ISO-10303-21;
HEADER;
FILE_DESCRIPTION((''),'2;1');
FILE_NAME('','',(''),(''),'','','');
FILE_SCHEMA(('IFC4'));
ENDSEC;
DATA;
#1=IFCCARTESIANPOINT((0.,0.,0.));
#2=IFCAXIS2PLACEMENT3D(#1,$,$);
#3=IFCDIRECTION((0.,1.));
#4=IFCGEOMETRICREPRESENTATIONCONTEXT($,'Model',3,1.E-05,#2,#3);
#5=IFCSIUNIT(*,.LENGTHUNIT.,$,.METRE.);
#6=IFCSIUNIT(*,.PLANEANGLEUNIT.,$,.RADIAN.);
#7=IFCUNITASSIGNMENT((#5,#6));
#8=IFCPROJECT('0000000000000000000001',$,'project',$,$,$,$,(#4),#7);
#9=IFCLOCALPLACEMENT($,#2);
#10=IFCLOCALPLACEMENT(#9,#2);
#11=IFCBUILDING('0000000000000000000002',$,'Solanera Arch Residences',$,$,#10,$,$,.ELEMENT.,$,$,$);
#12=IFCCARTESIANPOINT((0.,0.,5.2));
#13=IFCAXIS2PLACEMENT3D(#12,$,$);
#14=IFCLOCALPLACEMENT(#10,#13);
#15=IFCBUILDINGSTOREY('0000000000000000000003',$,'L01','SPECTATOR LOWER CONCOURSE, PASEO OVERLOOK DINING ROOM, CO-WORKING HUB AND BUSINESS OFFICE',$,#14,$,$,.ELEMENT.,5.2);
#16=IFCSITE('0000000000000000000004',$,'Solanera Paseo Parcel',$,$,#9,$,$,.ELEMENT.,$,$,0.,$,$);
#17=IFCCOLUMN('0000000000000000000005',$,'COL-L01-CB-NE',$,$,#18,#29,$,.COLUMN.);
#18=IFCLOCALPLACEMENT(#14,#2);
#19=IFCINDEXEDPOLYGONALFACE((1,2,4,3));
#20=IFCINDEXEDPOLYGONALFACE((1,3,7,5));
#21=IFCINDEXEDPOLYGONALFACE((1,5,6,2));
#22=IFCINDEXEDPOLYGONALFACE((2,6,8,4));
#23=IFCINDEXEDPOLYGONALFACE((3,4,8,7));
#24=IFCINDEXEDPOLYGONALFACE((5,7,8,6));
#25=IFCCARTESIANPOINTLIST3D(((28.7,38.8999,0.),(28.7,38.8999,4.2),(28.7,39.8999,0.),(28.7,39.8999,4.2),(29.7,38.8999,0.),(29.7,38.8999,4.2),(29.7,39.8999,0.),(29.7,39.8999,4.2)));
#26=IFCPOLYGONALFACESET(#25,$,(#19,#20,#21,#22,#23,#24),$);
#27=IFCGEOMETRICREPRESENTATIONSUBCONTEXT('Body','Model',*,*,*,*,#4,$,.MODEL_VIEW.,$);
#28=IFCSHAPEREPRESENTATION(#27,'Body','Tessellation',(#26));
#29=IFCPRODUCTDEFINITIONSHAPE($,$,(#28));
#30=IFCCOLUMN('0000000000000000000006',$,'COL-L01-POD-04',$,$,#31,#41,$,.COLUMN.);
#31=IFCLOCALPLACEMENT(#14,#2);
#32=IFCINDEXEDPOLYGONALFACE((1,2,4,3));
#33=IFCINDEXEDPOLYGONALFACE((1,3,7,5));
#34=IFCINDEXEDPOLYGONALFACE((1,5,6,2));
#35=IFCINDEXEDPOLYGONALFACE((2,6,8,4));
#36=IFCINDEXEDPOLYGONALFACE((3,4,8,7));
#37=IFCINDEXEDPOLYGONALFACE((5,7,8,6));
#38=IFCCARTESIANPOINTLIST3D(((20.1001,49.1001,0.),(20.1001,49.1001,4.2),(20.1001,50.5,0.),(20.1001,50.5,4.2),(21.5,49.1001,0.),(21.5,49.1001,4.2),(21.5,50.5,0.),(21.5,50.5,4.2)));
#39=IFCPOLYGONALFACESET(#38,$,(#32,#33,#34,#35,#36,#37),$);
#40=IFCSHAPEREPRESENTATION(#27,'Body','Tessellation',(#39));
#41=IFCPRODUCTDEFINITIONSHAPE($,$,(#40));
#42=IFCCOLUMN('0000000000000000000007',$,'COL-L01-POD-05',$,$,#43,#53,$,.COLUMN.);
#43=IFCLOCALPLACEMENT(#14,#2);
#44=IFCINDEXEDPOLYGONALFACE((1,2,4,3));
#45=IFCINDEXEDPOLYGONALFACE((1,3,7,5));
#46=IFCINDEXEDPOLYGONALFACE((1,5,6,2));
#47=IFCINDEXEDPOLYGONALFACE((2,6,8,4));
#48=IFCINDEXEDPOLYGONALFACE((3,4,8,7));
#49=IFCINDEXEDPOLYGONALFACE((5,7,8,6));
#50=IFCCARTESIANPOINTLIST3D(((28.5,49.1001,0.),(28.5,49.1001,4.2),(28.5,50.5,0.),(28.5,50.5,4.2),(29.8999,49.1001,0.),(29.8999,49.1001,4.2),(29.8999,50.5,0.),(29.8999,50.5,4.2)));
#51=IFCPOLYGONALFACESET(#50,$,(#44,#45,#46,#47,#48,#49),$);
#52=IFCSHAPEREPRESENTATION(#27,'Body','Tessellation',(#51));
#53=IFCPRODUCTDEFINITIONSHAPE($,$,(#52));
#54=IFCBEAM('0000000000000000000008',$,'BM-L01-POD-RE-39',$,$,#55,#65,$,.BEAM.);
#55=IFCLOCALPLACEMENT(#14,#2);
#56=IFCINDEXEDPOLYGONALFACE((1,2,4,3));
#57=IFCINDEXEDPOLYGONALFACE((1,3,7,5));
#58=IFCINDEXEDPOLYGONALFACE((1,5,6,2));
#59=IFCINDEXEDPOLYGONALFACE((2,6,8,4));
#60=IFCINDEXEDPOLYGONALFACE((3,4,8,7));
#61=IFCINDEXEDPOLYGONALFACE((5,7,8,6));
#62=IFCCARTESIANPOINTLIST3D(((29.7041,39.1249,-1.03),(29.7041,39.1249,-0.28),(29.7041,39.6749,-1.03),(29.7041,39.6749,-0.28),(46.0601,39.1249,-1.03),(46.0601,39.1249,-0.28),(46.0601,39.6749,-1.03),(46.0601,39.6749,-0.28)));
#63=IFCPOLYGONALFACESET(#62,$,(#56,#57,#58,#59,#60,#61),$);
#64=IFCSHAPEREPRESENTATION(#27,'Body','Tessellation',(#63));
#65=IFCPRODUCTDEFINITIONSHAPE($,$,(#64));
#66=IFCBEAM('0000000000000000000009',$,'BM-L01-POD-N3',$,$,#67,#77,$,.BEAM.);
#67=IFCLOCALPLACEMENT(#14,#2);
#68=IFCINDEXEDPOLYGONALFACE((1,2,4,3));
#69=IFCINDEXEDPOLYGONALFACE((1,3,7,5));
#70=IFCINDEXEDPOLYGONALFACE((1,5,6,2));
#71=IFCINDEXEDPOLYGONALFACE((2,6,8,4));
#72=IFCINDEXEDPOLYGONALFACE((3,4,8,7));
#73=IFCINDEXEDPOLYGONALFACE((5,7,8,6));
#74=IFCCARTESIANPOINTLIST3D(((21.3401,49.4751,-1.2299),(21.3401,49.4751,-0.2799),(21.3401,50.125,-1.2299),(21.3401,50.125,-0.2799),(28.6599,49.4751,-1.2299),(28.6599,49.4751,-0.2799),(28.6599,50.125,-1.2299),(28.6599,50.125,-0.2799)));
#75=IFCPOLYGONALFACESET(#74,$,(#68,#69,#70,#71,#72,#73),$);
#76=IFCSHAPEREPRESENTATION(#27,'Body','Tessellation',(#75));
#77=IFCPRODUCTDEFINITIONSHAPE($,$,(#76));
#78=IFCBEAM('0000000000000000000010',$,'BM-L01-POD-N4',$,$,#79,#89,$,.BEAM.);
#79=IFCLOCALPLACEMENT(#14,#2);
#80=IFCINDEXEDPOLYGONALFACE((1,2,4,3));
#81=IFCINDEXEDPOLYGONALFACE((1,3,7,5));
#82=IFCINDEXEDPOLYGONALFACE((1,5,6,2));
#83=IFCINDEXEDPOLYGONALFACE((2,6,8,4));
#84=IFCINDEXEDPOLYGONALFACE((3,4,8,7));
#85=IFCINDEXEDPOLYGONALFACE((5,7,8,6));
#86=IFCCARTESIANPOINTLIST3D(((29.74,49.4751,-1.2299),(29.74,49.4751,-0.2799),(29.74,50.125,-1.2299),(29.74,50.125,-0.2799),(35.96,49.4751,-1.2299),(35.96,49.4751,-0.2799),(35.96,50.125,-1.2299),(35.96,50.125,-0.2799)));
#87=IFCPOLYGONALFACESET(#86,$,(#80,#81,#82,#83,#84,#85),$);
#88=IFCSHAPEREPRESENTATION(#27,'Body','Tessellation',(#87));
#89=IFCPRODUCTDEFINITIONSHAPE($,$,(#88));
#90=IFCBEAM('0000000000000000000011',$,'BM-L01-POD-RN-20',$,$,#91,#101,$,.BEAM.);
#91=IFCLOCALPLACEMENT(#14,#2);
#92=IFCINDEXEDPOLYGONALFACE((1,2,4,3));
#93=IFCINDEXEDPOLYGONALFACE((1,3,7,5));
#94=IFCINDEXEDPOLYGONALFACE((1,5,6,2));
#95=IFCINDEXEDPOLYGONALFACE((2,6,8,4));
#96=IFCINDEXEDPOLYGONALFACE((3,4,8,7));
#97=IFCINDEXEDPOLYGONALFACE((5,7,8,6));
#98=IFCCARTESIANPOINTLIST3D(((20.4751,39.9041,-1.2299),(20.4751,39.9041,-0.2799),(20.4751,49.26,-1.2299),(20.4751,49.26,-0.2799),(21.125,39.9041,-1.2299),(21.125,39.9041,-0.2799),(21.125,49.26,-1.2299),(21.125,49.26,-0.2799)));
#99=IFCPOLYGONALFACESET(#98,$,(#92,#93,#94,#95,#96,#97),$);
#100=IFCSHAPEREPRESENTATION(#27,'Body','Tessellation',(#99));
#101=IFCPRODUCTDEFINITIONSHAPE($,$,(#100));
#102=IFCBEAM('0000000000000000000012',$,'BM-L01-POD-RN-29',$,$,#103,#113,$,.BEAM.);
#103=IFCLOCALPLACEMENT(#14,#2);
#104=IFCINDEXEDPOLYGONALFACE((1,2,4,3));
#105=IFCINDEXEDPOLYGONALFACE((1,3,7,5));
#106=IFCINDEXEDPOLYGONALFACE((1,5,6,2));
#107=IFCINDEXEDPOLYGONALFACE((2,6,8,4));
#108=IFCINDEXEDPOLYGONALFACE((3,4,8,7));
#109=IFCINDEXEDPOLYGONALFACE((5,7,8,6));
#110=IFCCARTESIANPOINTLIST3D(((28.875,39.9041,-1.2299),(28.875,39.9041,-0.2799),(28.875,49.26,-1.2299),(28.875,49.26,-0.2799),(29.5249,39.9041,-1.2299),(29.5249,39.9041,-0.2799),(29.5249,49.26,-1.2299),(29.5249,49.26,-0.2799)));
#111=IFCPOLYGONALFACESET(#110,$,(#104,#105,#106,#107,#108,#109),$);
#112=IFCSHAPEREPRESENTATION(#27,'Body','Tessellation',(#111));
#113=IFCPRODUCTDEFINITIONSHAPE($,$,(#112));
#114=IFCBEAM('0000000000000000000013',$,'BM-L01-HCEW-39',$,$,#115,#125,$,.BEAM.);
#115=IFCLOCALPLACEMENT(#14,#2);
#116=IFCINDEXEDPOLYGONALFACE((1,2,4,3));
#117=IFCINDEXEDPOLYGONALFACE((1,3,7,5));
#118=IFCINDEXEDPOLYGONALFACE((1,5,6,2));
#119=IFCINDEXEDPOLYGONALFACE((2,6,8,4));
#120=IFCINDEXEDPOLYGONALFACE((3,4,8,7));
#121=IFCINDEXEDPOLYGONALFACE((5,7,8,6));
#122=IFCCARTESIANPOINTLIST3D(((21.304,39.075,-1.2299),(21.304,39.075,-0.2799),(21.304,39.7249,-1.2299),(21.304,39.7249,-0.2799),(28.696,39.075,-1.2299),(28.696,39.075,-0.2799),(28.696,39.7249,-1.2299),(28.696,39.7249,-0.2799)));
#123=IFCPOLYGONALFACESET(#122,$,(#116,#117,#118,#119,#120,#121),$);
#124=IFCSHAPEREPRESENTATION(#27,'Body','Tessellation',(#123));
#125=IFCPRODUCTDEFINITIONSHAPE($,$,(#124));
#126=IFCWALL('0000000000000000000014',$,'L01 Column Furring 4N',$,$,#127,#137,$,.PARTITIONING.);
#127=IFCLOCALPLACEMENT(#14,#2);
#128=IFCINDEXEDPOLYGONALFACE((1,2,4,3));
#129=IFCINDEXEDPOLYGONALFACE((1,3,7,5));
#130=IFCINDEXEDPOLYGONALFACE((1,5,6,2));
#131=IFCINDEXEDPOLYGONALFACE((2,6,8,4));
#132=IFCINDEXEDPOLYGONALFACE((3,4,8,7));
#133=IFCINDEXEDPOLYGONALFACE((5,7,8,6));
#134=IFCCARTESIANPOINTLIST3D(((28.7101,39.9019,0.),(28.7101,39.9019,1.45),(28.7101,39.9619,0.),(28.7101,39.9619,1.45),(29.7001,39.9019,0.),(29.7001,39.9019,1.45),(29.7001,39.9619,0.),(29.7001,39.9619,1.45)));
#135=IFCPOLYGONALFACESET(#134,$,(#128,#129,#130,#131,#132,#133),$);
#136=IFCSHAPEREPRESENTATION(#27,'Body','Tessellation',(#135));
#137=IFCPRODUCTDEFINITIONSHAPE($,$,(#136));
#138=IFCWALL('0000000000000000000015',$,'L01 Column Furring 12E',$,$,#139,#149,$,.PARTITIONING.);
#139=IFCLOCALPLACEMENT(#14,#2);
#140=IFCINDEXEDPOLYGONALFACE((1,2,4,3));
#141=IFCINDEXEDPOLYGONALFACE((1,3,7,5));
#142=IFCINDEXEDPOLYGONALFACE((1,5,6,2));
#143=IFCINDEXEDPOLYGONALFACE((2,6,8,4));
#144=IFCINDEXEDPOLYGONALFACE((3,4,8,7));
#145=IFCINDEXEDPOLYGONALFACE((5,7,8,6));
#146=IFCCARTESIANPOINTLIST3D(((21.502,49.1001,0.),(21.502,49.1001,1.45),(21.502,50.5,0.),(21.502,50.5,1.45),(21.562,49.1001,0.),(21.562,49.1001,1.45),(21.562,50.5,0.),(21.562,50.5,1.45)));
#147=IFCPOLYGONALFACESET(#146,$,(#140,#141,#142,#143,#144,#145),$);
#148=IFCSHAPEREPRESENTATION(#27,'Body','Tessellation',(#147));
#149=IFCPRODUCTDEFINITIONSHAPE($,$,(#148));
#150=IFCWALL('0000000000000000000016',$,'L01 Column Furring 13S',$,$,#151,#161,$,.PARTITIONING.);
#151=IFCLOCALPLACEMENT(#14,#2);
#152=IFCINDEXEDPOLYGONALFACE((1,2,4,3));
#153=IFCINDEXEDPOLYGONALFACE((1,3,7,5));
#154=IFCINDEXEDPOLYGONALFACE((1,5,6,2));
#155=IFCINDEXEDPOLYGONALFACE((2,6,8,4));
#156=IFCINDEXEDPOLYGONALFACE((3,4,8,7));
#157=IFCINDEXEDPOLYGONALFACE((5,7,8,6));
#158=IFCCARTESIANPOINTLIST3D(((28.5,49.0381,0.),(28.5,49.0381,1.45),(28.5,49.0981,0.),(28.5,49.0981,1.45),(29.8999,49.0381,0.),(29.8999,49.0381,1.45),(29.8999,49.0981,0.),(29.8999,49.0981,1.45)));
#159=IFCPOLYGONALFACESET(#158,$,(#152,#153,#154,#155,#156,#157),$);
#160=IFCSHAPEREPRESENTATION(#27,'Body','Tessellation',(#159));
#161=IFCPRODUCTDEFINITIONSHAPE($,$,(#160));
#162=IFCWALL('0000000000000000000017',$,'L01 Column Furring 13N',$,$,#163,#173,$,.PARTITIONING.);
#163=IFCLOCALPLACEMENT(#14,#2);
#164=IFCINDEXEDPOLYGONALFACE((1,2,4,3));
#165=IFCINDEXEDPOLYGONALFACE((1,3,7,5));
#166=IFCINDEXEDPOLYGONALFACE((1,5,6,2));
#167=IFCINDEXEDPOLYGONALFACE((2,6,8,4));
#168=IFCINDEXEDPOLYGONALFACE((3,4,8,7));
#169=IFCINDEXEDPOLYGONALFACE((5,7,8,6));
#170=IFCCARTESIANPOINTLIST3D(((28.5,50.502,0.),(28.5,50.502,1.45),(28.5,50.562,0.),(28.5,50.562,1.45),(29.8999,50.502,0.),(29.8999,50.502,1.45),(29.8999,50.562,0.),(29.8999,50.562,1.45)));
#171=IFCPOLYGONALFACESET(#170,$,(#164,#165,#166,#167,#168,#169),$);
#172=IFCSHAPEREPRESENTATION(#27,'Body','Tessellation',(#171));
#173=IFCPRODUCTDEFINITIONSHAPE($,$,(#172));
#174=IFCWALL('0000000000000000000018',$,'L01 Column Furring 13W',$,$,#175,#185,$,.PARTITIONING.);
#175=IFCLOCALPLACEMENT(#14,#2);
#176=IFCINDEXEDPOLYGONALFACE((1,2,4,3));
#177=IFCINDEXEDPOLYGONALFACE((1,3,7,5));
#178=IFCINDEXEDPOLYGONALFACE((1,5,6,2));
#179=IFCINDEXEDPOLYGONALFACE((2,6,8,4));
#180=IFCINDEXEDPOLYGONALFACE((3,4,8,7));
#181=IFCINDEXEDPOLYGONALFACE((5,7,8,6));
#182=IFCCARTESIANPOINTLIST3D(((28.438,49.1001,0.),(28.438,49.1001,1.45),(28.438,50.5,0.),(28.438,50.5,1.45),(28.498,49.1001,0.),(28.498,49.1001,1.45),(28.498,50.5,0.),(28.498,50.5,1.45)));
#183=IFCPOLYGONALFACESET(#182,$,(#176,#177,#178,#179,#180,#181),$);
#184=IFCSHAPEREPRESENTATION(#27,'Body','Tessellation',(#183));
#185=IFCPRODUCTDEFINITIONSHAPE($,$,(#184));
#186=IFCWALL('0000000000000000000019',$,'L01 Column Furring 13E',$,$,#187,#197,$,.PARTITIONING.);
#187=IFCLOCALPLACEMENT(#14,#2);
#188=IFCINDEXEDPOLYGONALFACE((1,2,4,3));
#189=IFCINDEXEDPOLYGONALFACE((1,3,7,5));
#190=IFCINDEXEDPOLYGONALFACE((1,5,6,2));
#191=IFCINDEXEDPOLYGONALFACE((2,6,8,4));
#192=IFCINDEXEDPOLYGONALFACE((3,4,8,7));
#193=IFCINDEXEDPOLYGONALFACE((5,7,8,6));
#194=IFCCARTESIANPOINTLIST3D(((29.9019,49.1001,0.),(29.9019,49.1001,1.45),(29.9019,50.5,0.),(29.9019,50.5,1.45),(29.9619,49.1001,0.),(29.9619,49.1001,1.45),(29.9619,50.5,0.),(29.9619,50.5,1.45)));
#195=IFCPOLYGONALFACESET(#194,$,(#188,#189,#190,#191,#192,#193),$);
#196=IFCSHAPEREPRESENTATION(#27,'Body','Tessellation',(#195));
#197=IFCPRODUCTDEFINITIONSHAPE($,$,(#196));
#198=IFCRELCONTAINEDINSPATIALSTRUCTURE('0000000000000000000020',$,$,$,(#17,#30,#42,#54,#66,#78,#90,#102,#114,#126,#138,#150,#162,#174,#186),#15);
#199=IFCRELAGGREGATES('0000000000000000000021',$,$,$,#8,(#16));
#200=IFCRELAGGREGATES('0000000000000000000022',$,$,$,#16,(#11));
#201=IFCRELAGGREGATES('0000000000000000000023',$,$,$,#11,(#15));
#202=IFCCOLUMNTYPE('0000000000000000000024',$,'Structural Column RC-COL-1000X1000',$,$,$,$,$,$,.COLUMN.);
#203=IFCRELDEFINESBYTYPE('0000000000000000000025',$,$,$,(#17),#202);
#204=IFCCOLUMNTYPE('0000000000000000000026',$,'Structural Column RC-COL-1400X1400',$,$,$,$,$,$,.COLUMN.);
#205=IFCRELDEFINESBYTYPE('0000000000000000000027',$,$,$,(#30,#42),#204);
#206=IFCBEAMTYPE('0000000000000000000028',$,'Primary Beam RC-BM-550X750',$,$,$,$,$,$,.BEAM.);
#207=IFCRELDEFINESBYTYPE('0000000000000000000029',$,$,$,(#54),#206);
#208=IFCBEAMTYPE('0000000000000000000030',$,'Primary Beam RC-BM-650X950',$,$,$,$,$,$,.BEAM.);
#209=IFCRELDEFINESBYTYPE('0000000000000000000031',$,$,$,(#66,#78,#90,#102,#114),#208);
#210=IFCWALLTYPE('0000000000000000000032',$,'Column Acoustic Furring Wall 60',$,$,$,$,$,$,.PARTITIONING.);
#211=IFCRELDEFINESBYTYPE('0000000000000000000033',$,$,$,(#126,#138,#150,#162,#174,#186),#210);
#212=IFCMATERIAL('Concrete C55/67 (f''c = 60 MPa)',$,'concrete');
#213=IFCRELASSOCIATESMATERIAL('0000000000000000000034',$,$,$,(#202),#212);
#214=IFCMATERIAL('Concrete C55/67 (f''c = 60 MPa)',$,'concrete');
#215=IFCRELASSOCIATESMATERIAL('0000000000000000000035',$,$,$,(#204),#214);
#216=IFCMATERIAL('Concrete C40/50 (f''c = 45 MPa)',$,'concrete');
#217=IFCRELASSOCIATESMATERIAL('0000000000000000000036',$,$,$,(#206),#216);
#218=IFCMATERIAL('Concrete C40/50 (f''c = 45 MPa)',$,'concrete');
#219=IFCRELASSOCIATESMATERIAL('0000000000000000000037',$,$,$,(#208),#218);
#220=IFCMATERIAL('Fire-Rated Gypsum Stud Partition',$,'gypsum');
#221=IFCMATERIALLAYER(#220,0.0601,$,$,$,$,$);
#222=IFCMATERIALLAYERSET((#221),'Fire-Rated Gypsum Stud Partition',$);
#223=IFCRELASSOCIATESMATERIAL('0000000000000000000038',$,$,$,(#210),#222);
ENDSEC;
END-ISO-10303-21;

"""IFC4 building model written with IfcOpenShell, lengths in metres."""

from ifc_helpers import new_model, si_unit, direction, frame, frame_2d, origin, origin_2d, place, context, subcontext, project, spatial, rectangle, extrude, material, layer, layer_set, material_profile, profile_set, type_object, element, save


model = new_model("IFC4")

# Units and contexts
model_context = context("Model", 3, precision=1e-05, world=origin(), true_north=direction((0.0, 1.0)))
body_context = subcontext(model_context, "Body", "Model", "MODEL_VIEW")
ifc_project = project(units=[si_unit("LENGTHUNIT", "METRE"), si_unit("PLANEANGLEUNIT", "RADIAN")], contexts=[model_context])

# Site, building, storey
site_placement = place(None, origin())
site = spatial("IfcSite", under=ifc_project, at=site_placement, Name="Solanera Paseo Parcel", CompositionType="ELEMENT", RefElevation=0.0)
building_placement = place(site_placement, origin())
building = spatial("IfcBuilding", under=site, at=building_placement, Name="Solanera Arch Residences", CompositionType="ELEMENT")
storey_placement = place(building_placement, frame((0.0, 0.0, 5.2)))
storey = spatial("IfcBuildingStorey", under=building, at=storey_placement, Name="L01", Description="SPECTATOR LOWER CONCOURSE, PASEO OVERLOOK DINING ROOM, CO-WORKING HUB AND BUSINESS OFFICE", CompositionType="ELEMENT", Elevation=5.2)

# Columns
ifc_material_1 = material(Name="Concrete C55/67 (f'c = 60 MPa)", Category="concrete")
ifc_material_profile_1 = material_profile(ifc_material_1, rectangle(XDim=1.0, YDim=1.0, at=origin_2d()))
ifc_profile_set_1 = profile_set([ifc_material_profile_1], Name="Concrete C55/67 (f'c = 60 MPa)")
column_type_1 = type_object("IfcColumnType", Name="Structural Column RC-COL-1000X1000", PredefinedType="COLUMN", material=ifc_profile_set_1)
column_placement = place(storey_placement, frame((29.2, 39.3999, 0.0), z_axis=(0.0, 0.0, 1.0), x_axis=(1.0, 0.0, 0.0)))
element("IfcColumn", 1, at=column_placement, inside=storey, type_object=column_type_1, Name="COL-L01-CB-NE", PredefinedType="COLUMN", context=body_context, shape_type="SweptSolid", body=[
    extrude(rectangle(XDim=1.0, YDim=1.0, at=origin_2d()), origin(), (0.0, 0.0, 1.0), 4.2),
])
ifc_material_2 = material(Name="Concrete C55/67 (f'c = 60 MPa)", Category="concrete")
ifc_material_profile_2 = material_profile(ifc_material_2, rectangle(XDim=1.3999, YDim=1.3999, at=origin_2d()))
ifc_profile_set_2 = profile_set([ifc_material_profile_2], Name="Concrete C55/67 (f'c = 60 MPa)")
column_type_2 = type_object("IfcColumnType", Name="Structural Column RC-COL-1400X1400", PredefinedType="COLUMN", material=ifc_profile_set_2)
for number, where, z_axis, x_axis, name in (
    (2, (20.8, 49.8, 0.0), (0.0, 0.0, 1.0), (1.0, 0.0, 0.0), "COL-L01-POD-04"),
    (3, (29.2, 49.8, 0.0), (0.0, 0.0, 1.0), (1.0, 0.0, 0.0), "COL-L01-POD-05"),
):
    element("IfcColumn", number, at=place(storey_placement, frame(where, z_axis=z_axis, x_axis=x_axis)), inside=storey, type_object=column_type_2, Name=name, PredefinedType="COLUMN", context=body_context, shape_type="SweptSolid", body=[
        extrude(rectangle(XDim=1.3999, YDim=1.3999, at=origin_2d()), origin(), (0.0, 0.0, 1.0), 4.2),
    ])

# Beams
ifc_material_3 = material(Name="Concrete C40/50 (f'c = 45 MPa)", Category="concrete")
ifc_material_profile_3 = material_profile(ifc_material_3, rectangle(XDim=0.55, YDim=0.75, at=origin_2d()))
ifc_profile_set_3 = profile_set([ifc_material_profile_3], Name="Concrete C40/50 (f'c = 45 MPa)")
beam_type_1 = type_object("IfcBeamType", Name="Primary Beam RC-BM-550X750", PredefinedType="BEAM", material=ifc_profile_set_3)
beam_1_placement = place(storey_placement, frame((29.7041, 39.3999, -0.655), z_axis=(1.0, 0.0, 0.0), x_axis=(0.0, 1.0, 0.0)))
element("IfcBeam", 4, at=beam_1_placement, inside=storey, type_object=beam_type_1, Name="BM-L01-POD-RE-39", PredefinedType="BEAM", context=body_context, shape_type="SweptSolid", body=[
    extrude(rectangle(XDim=0.55, YDim=0.75, at=origin_2d()), origin(), (0.0, 0.0, 1.0), 16.356),
])
ifc_material_4 = material(Name="Concrete C40/50 (f'c = 45 MPa)", Category="concrete")
ifc_material_profile_4 = material_profile(ifc_material_4, rectangle(XDim=0.6499, YDim=0.95, at=origin_2d()))
ifc_profile_set_4 = profile_set([ifc_material_profile_4], Name="Concrete C40/50 (f'c = 45 MPa)")
beam_type_2 = type_object("IfcBeamType", Name="Primary Beam RC-BM-650X950", PredefinedType="BEAM", material=ifc_profile_set_4)
beam_2_placement = place(storey_placement, frame((21.3401, 49.8, -0.7549), z_axis=(1.0, 0.0, 0.0), x_axis=(0.0, 1.0, 0.0)))
element("IfcBeam", 5, at=beam_2_placement, inside=storey, type_object=beam_type_2, Name="BM-L01-POD-N3", PredefinedType="BEAM", context=body_context, shape_type="SweptSolid", body=[
    extrude(rectangle(XDim=0.6499, YDim=0.95, at=origin_2d()), origin(), (0.0, 0.0, 1.0), 7.3198),
])
beam_3_placement = place(storey_placement, frame((29.74, 49.8, -0.7549), z_axis=(1.0, 0.0, 0.0), x_axis=(0.0, 1.0, 0.0)))
element("IfcBeam", 6, at=beam_3_placement, inside=storey, type_object=beam_type_2, Name="BM-L01-POD-N4", PredefinedType="BEAM", context=body_context, shape_type="SweptSolid", body=[
    extrude(rectangle(XDim=0.6499, YDim=0.95, at=origin_2d()), origin(), (0.0, 0.0, 1.0), 6.22),
])
for number, where, z_axis, x_axis, name in (
    (7, (20.8, 39.9041, -0.7549), (0.0, 1.0, 0.0), (-1.0, 0.0, 0.0), "BM-L01-POD-RN-20"),
    (8, (29.2, 39.9041, -0.7549), (0.0, 1.0, 0.0), (-1.0, 0.0, 0.0), "BM-L01-POD-RN-29"),
):
    element("IfcBeam", number, at=place(storey_placement, frame(where, z_axis=z_axis, x_axis=x_axis)), inside=storey, type_object=beam_type_2, Name=name, PredefinedType="BEAM", context=body_context, shape_type="SweptSolid", body=[
        extrude(rectangle(XDim=0.6499, YDim=0.95, at=origin_2d()), origin(), (0.0, 0.0, 1.0), 9.356),
    ])
beam_4_placement = place(storey_placement, frame((21.304, 39.3999, -0.7549), z_axis=(1.0, 0.0, 0.0), x_axis=(0.0, 1.0, 0.0)))
element("IfcBeam", 9, at=beam_4_placement, inside=storey, type_object=beam_type_2, Name="BM-L01-HCEW-39", PredefinedType="BEAM", context=body_context, shape_type="SweptSolid", body=[
    extrude(rectangle(XDim=0.6499, YDim=0.95, at=origin_2d()), origin(), (0.0, 0.0, 1.0), 7.3921),
])

# Walls
ifc_material_5 = material(Name="Fire-Rated Gypsum Stud Partition", Category="gypsum")
ifc_layer_1 = layer(ifc_material_5, 0.0601)
ifc_layer_set_1 = layer_set([ifc_layer_1], Name="Fire-Rated Gypsum Stud Partition")
wall_type_1 = type_object("IfcWallType", Name="Column Acoustic Furring Wall 60", PredefinedType="PARTITIONING", material=ifc_layer_set_1)
wall_1_placement = place(storey_placement, frame((28.71, 39.9319, 0.0), z_axis=(0.0, 0.0, 1.0), x_axis=(1.0, 0.0, 0.0)))
element("IfcWall", 10, at=wall_1_placement, inside=storey, type_object=wall_type_1, Name="L01 Column Furring 4N", PredefinedType="PARTITIONING", context=body_context, shape_type="SweptSolid", body=[
    extrude(rectangle(XDim=0.99, YDim=0.0601, at=frame_2d((0.4951, 0.0))), origin(), (0.0, 0.0, 1.0), 1.45),
])
for number, where, z_axis, x_axis, name in (
    (11, (21.532, 49.1001, 0.0), (0.0, 0.0, 1.0), (0.0, 1.0, 0.0), "L01 Column Furring 12E"),
    (12, (28.5, 49.0681, 0.0), (0.0, 0.0, 1.0), (1.0, 0.0, 0.0), "L01 Column Furring 13S"),
    (13, (28.5, 50.532, 0.0), (0.0, 0.0, 1.0), (1.0, 0.0, 0.0), "L01 Column Furring 13N"),
    (14, (28.468, 49.1001, 0.0), (0.0, 0.0, 1.0), (0.0, 1.0, 0.0), "L01 Column Furring 13W"),
    (15, (29.9319, 49.1001, 0.0), (0.0, 0.0, 1.0), (0.0, 1.0, 0.0), "L01 Column Furring 13E"),
):
    element("IfcWall", number, at=place(storey_placement, frame(where, z_axis=z_axis, x_axis=x_axis)), inside=storey, type_object=wall_type_1, Name=name, PredefinedType="PARTITIONING", context=body_context, shape_type="SweptSolid", body=[
        extrude(rectangle(XDim=1.3999, YDim=0.0601, at=frame_2d((0.7, 0.0))), origin(), (0.0, 0.0, 1.0), 1.45),
    ])

save(model, "model.ifc")
